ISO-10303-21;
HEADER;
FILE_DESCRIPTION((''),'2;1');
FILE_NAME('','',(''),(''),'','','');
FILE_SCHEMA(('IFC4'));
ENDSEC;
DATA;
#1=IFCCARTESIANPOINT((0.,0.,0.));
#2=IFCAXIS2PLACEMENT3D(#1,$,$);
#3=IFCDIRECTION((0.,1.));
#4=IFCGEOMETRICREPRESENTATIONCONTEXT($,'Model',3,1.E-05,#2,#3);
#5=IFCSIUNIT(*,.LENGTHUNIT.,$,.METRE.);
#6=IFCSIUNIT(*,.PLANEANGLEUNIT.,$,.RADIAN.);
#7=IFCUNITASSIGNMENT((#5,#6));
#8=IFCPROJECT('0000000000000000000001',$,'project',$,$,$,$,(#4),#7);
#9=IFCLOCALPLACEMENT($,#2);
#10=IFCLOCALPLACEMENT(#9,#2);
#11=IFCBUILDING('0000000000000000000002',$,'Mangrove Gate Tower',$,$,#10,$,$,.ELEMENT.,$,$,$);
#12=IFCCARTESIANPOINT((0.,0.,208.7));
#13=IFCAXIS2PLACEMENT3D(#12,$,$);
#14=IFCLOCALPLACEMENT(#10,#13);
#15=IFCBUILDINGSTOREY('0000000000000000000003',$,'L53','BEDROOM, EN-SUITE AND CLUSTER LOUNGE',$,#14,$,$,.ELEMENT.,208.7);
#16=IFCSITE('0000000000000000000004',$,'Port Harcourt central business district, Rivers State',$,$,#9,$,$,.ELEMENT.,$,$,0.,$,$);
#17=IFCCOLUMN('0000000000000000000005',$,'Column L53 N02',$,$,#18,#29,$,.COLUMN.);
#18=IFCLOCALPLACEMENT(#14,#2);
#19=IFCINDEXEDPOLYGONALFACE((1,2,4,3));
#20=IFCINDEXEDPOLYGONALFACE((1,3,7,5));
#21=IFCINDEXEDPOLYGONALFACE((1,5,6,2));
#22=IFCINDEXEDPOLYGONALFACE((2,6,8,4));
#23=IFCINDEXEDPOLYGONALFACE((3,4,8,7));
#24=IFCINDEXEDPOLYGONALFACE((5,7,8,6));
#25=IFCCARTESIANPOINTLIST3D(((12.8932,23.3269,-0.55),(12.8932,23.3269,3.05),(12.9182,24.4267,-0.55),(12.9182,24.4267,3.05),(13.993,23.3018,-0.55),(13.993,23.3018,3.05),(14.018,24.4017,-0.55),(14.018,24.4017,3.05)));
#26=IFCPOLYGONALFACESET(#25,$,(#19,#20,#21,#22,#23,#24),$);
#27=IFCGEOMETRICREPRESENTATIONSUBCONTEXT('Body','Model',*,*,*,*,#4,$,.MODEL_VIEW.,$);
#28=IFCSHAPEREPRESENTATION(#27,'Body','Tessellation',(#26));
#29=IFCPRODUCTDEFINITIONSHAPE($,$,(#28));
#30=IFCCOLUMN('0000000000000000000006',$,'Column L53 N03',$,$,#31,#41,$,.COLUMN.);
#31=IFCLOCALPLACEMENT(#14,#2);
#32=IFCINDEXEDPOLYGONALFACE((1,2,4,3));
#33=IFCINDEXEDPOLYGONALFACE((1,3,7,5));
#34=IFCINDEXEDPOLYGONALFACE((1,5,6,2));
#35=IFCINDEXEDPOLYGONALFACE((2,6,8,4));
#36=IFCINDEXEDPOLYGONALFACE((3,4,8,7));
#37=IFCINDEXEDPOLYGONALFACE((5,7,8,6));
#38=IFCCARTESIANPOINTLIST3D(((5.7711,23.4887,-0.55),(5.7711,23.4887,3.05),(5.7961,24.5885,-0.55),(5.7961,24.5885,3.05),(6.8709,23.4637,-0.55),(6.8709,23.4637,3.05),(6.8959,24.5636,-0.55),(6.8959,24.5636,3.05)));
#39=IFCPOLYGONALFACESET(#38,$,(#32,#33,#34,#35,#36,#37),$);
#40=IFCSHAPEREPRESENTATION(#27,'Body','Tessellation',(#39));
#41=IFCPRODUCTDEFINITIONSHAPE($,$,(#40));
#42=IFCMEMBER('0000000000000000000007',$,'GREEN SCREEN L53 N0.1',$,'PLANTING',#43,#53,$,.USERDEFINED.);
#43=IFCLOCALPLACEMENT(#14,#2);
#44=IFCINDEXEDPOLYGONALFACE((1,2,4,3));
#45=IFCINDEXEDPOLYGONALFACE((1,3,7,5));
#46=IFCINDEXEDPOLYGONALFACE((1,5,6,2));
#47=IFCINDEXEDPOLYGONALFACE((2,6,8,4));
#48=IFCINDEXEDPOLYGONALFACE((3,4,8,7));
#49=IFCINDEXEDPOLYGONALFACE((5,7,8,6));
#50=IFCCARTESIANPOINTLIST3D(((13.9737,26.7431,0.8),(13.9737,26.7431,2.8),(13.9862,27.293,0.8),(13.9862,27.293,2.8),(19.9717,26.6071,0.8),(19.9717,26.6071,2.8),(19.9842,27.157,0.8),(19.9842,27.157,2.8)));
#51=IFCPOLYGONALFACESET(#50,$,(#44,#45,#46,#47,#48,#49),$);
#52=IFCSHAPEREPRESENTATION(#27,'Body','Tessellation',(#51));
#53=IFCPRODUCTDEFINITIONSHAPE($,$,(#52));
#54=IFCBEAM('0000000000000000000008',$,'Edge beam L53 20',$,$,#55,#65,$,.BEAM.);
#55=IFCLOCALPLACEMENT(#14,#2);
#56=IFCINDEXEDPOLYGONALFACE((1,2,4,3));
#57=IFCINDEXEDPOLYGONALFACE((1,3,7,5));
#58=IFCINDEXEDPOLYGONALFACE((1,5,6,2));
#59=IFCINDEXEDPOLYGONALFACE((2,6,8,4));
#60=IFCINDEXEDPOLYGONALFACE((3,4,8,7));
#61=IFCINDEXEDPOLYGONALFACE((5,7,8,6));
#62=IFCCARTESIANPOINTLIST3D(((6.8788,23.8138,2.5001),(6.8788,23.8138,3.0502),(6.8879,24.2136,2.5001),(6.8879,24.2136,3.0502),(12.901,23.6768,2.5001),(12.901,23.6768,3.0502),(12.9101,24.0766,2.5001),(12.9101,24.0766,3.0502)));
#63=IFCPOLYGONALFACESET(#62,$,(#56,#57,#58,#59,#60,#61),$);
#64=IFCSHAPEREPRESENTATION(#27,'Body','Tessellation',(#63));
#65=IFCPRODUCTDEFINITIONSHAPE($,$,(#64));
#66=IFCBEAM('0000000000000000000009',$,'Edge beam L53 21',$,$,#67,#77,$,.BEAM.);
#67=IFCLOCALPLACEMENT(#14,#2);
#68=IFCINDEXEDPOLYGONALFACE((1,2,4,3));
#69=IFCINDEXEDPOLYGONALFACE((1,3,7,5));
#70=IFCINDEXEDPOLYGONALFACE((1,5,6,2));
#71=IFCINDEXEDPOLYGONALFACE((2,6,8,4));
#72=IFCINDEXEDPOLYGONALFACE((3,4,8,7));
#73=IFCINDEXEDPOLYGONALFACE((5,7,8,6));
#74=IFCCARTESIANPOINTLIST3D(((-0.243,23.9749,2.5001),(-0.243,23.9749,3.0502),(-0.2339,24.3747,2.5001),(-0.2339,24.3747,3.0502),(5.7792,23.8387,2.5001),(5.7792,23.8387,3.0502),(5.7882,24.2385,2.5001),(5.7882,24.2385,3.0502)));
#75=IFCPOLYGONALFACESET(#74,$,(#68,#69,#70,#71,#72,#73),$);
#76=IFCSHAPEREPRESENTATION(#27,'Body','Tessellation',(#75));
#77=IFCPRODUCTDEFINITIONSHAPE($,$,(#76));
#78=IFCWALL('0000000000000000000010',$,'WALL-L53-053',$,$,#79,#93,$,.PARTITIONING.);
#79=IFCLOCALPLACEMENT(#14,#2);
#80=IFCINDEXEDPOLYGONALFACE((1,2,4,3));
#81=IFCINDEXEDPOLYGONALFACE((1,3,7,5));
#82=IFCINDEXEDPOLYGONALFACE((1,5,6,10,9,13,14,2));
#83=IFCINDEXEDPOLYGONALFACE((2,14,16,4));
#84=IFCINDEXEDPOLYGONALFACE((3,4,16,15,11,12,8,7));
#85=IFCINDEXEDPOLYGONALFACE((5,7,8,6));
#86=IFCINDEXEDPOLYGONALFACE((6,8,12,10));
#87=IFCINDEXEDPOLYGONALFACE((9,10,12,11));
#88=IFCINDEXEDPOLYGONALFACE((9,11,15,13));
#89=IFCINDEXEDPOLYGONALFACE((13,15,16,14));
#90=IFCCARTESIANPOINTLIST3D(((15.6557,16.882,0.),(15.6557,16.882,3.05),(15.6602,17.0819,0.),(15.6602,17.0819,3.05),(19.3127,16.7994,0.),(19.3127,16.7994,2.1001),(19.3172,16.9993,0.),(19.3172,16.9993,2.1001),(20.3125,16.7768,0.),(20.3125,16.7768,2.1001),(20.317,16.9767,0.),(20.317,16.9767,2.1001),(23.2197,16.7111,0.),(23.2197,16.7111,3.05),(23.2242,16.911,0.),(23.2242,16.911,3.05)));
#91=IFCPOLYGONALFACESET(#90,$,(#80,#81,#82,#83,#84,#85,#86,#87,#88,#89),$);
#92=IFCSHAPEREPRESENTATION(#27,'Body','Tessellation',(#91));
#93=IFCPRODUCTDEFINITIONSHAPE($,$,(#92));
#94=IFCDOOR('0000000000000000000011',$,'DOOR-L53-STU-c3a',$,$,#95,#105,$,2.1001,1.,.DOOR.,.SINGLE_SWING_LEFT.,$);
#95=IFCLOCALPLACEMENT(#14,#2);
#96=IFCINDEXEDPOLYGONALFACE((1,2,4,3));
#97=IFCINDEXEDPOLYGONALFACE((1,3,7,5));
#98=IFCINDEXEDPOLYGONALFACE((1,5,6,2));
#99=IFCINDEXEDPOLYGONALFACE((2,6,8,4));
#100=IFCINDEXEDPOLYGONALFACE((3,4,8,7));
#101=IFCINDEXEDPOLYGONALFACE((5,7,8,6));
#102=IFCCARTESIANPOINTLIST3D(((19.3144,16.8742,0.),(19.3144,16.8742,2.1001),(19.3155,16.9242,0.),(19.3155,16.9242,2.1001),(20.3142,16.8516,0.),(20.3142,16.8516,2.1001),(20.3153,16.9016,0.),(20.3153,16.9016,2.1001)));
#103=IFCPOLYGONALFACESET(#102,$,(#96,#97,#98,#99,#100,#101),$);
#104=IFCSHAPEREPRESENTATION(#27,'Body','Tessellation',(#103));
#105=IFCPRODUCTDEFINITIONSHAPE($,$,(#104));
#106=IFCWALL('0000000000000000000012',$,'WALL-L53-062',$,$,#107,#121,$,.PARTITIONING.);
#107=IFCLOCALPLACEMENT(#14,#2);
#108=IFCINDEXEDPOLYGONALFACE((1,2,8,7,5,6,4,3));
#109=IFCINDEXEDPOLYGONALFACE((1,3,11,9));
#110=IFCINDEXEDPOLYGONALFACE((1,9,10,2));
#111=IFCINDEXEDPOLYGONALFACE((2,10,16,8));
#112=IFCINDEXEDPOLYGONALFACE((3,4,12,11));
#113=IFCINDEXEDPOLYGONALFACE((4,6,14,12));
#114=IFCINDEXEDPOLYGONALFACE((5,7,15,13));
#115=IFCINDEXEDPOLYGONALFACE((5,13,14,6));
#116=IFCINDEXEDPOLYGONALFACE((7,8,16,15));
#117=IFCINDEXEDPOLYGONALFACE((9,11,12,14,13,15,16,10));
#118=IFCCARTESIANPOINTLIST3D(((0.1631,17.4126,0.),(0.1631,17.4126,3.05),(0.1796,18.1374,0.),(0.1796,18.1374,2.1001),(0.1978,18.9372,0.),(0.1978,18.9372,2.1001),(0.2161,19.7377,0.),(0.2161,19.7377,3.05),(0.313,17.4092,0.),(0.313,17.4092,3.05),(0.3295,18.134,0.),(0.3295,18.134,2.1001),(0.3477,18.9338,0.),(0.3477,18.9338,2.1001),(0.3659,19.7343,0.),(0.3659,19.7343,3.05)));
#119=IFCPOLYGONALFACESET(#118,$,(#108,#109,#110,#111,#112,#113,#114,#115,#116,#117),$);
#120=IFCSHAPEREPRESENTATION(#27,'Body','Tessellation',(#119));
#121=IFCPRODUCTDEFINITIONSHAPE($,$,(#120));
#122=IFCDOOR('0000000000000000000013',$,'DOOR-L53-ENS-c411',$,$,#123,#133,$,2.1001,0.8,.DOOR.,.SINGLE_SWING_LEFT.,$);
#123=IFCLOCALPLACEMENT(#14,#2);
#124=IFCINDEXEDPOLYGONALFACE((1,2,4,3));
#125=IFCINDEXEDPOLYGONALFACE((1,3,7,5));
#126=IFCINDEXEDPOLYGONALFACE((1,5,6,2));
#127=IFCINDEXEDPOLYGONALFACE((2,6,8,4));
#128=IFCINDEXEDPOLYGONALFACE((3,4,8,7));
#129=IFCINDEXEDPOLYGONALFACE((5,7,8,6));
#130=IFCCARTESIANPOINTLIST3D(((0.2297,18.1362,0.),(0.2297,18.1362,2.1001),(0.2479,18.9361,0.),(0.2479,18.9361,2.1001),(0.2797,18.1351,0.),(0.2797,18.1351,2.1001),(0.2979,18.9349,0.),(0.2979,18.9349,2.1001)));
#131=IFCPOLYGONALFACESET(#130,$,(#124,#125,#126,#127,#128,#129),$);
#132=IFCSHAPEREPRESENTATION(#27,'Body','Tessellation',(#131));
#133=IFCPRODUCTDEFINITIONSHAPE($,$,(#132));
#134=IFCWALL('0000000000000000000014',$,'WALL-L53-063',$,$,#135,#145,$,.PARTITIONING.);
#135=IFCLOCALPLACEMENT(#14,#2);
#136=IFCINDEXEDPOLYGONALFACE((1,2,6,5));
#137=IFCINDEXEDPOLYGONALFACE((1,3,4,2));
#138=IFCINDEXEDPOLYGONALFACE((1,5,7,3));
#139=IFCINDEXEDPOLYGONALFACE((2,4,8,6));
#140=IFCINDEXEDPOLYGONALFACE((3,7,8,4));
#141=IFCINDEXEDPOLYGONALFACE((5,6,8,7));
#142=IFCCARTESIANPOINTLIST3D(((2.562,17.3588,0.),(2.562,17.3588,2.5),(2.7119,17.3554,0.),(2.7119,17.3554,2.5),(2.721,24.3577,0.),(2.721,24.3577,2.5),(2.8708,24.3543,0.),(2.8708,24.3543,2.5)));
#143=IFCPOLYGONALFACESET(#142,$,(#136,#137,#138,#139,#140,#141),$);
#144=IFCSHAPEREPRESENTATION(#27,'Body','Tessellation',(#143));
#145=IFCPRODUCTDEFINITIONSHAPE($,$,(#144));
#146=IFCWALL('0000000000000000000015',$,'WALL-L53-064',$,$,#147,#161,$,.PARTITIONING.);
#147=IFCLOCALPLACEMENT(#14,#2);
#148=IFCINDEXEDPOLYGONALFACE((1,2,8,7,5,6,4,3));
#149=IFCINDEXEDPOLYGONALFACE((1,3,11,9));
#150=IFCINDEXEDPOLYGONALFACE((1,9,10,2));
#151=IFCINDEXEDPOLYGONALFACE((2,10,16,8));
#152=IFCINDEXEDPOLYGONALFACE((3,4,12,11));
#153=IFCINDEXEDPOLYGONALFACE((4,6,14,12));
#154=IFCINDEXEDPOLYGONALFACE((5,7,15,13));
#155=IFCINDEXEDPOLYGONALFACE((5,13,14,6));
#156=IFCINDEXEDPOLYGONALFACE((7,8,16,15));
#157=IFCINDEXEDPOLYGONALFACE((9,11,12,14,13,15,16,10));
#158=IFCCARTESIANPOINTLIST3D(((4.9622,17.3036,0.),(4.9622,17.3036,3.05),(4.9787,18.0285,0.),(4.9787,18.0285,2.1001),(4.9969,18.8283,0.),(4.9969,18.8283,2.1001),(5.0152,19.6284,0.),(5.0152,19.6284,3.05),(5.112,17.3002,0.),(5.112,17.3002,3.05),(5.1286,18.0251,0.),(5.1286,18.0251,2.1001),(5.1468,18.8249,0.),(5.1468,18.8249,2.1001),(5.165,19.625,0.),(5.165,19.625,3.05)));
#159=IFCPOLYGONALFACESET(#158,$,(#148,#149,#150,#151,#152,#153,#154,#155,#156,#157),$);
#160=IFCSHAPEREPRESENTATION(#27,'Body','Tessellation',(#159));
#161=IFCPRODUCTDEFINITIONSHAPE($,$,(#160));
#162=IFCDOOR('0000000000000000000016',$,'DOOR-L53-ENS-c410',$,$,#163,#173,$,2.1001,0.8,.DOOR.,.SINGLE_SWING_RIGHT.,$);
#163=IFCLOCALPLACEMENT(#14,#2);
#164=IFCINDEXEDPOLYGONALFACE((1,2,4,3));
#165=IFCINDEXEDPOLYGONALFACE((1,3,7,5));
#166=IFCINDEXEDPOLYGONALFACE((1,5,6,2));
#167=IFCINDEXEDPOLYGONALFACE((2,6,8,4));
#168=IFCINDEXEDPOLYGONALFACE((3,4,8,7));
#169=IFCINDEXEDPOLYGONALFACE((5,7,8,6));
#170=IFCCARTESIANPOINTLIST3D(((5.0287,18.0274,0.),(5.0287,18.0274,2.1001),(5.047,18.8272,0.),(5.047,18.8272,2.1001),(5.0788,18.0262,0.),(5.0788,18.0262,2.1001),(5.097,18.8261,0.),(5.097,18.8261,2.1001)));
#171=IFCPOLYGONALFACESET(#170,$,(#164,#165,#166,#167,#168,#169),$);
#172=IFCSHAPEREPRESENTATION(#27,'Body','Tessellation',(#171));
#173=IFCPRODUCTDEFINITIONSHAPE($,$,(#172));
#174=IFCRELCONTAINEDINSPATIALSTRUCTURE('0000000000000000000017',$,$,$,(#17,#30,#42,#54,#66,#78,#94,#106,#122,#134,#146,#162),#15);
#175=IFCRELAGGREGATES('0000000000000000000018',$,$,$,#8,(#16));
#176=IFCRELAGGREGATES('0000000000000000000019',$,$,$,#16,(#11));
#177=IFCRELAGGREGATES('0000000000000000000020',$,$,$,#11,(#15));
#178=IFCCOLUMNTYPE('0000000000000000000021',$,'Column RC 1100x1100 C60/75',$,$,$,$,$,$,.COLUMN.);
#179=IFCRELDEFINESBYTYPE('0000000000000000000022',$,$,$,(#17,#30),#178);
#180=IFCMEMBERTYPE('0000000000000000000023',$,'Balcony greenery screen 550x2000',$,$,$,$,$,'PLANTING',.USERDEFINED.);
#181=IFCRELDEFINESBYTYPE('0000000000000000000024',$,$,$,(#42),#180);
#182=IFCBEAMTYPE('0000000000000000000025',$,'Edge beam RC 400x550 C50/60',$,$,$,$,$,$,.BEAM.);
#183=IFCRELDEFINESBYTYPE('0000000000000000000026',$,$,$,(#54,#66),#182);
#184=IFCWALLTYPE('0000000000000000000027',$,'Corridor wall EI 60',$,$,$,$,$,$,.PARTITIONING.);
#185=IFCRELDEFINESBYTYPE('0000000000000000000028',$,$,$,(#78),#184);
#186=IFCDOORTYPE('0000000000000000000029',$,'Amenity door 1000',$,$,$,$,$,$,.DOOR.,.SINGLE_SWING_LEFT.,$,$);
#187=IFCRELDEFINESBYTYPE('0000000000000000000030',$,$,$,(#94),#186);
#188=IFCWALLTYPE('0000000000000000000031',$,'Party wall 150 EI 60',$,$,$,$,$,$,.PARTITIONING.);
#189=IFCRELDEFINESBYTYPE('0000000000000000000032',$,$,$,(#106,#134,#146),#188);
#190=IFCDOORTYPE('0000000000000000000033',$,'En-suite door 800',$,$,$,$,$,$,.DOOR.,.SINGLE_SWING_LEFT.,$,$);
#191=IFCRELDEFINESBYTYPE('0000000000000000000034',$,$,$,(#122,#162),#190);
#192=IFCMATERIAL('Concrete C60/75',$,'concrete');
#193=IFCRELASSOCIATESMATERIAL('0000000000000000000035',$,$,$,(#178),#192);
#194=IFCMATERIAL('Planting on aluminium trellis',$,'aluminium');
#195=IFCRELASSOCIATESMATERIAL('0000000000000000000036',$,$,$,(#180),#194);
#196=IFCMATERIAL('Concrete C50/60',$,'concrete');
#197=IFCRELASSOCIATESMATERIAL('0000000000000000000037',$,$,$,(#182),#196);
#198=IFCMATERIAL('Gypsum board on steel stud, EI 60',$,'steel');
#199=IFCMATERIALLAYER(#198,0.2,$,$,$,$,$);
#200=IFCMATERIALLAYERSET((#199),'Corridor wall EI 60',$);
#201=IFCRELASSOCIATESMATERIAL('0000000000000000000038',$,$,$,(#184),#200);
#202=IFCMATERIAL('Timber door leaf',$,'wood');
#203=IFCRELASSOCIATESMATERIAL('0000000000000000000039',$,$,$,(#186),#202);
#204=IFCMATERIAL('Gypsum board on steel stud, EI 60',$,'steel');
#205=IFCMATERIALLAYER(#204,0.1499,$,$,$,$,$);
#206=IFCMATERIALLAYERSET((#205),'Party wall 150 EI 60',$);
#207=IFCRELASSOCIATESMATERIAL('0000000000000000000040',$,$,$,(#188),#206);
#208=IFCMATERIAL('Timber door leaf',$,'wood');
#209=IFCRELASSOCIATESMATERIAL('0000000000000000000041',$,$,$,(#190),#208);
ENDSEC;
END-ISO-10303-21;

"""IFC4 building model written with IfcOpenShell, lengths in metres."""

from ifc_helpers import new_model, si_unit, direction, frame, frame_2d, origin, origin_2d, place, context, subcontext, project, spatial, rectangle, extrude, material, layer, layer_set, material_profile, profile_set, type_object, element, fill, save


model = new_model("IFC4")

# Units and contexts
model_context = context("Model", 3, precision=1e-05, world=origin(), true_north=direction((0.0, 1.0)))
body_context = subcontext(model_context, "Body", "Model", "MODEL_VIEW")
ifc_project = project(units=[si_unit("LENGTHUNIT", "METRE"), si_unit("PLANEANGLEUNIT", "RADIAN")], contexts=[model_context])

# Site, building, storey
site_placement = place(None, origin())
site = spatial("IfcSite", under=ifc_project, at=site_placement, Name="Port Harcourt central business district, Rivers State", CompositionType="ELEMENT", RefElevation=0.0)
building_placement = place(site_placement, origin())
building = spatial("IfcBuilding", under=site, at=building_placement, Name="Mangrove Gate Tower", CompositionType="ELEMENT")
storey_placement = place(building_placement, frame((0.0, 0.0, 208.7)))
storey = spatial("IfcBuildingStorey", under=building, at=storey_placement, Name="L53", Description="BEDROOM, EN-SUITE AND CLUSTER LOUNGE", CompositionType="ELEMENT", Elevation=208.7)

# Columns
ifc_material_1 = material(Name="Concrete C60/75", Category="concrete")
ifc_material_profile_1 = material_profile(ifc_material_1, rectangle(XDim=1.1001, YDim=1.1001, at=origin_2d()))
ifc_profile_set_1 = profile_set([ifc_material_profile_1], Name="Concrete C60/75")
column_type = type_object("IfcColumnType", Name="Column RC 1100x1100 C60/75", PredefinedType="COLUMN", material=ifc_profile_set_1)
for number, where, z_axis, x_axis, name in (
    (1, (13.4556, 23.8643, -0.55), (0.0, 0.0, 1.0), (-0.999741, 0.022741, 0.0), "Column L53 N02"),
    (2, (6.3335, 24.0261, -0.55), (0.0, 0.0, 1.0), (-0.999743, 0.02267, 0.0), "Column L53 N03"),
):
    element("IfcColumn", number, at=place(storey_placement, frame(where, z_axis=z_axis, x_axis=x_axis)), inside=storey, type_object=column_type, Name=name, PredefinedType="COLUMN", context=body_context, shape_type="SweptSolid", body=[
        extrude(rectangle(XDim=1.1001, YDim=1.1001, at=origin_2d()), origin(), (0.0, 0.0, 1.0), 3.6001),
    ])

# Member
ifc_material_2 = material(Name="Planting on aluminium trellis", Category="aluminium")
ifc_material_profile_2 = material_profile(ifc_material_2, rectangle(XDim=0.55, YDim=2.0, at=origin_2d()))
ifc_profile_set_2 = profile_set([ifc_material_profile_2], Name="Planting on aluminium trellis")
member_type = type_object("IfcMemberType", Name="Balcony greenery screen 550x2000", ElementType="PLANTING", PredefinedType="USERDEFINED", material=ifc_profile_set_2)
member_placement = place(storey_placement, frame((13.98, 27.0181, 1.8), z_axis=(0.999743, -0.022666, 0.0), x_axis=(0.022666, 0.999743, 0.0)))
element("IfcMember", 3, at=member_placement, inside=storey, type_object=member_type, Name="GREEN SCREEN L53 N0.1", ObjectType="PLANTING", PredefinedType="USERDEFINED", context=body_context, shape_type="SweptSolid", body=[
    extrude(rectangle(XDim=0.55, YDim=2.0, at=origin_2d()), origin(), (0.0, 0.0, 1.0), 5.9995),
])

# Beams
ifc_material_3 = material(Name="Concrete C50/60", Category="concrete")
ifc_material_profile_3 = material_profile(ifc_material_3, rectangle(XDim=0.3999, YDim=0.55, at=origin_2d()))
ifc_profile_set_3 = profile_set([ifc_material_profile_3], Name="Concrete C50/60")
beam_type = type_object("IfcBeamType", Name="Edge beam RC 400x550 C50/60", PredefinedType="BEAM", material=ifc_profile_set_3)
for number, where, z_axis, x_axis, name in (
    (4, (12.9055, 23.8767, 2.7751), (-0.999741, 0.022737, 0.0), (-0.022737, -0.999741, 0.0), "Edge beam L53 20"),
    (5, (5.7837, 24.0386, 2.7751), (-0.999744, 0.022616, 0.0), (-0.022616, -0.999744, 0.0), "Edge beam L53 21"),
):
    element("IfcBeam", number, at=place(storey_placement, frame(where, z_axis=z_axis, x_axis=x_axis)), inside=storey, type_object=beam_type, Name=name, PredefinedType="BEAM", context=body_context, shape_type="SweptSolid", body=[
        extrude(rectangle(XDim=0.3999, YDim=0.55, at=origin_2d()), origin(), (0.0, 0.0, 1.0), 6.0237),
    ])

# Walls, openings, doors
ifc_material_4 = material(Name="Gypsum board on steel stud, EI 60", Category="steel")
ifc_layer_1 = layer(ifc_material_4, 0.2)
ifc_layer_set_1 = layer_set([ifc_layer_1], Name="Corridor wall EI 60")
wall_type_1 = type_object("IfcWallType", Name="Corridor wall EI 60", PredefinedType="PARTITIONING", material=ifc_layer_set_1)
wall_1_placement = place(storey_placement, frame((15.658, 16.9819, 0.0), z_axis=(0.0, 0.0, 1.0), x_axis=(0.999745, -0.022588, 0.0)))
wall_1 = element("IfcWall", 6, at=wall_1_placement, inside=storey, type_object=wall_type_1, Name="WALL-L53-053", PredefinedType="PARTITIONING", context=body_context, shape_type="SweptSolid", body=[
    extrude(rectangle(XDim=7.5659, YDim=0.2, at=frame_2d((3.783, 0.0))), origin(), (0.0, 0.0, 1.0), 3.05),
])
opening_1_placement = place(wall_1_placement, frame((3.658, 0.0, 0.0)))
opening_1 = element("IfcOpeningElement", 7, at=opening_1_placement, cuts=wall_1, PredefinedType="OPENING", context=body_context, shape_type="SweptSolid", body=[
    extrude(rectangle(XDim=1.0, YDim=2.1001, at=frame_2d((0.5, 1.05))), frame((0.0, 0.1099, 0.0), z_axis=(0.0, -1.0, 0.0), x_axis=(1.0, 0.0, 0.0)), (0.0, 0.0, 1.0), 0.22),
])
ifc_material_5 = material(Name="Timber door leaf", Category="wood")
door_type_1 = type_object("IfcDoorType", Name="Amenity door 1000", OperationType="SINGLE_SWING_LEFT", PredefinedType="DOOR", material=ifc_material_5)
door_1_placement = place(opening_1_placement, origin())
door_1 = element("IfcDoor", 8, at=door_1_placement, inside=storey, type_object=door_type_1, Name="DOOR-L53-STU-c3a", OperationType="SINGLE_SWING_LEFT", OverallHeight=2.1001, OverallWidth=1.0, PredefinedType="DOOR", context=body_context, shape_type="SweptSolid", body=[
    extrude(rectangle(XDim=1.0, YDim=2.1001, at=frame_2d((0.5, 1.05))), frame((0.0, 0.0249, 0.0), z_axis=(0.0, -1.0, 0.0), x_axis=(1.0, 0.0, 0.0)), (0.0, 0.0, 1.0), 0.05),
])
fill(opening_1, door_1)
ifc_material_6 = material(Name="Gypsum board on steel stud, EI 60", Category="steel")
ifc_layer_2 = layer(ifc_material_6, 0.1499)
ifc_layer_set_2 = layer_set([ifc_layer_2], Name="Party wall 150 EI 60")
wall_type_2 = type_object("IfcWallType", Name="Party wall 150 EI 60", PredefinedType="PARTITIONING", material=ifc_layer_set_2)
wall_2_placement = place(storey_placement, frame((0.238, 17.4109, 0.0), z_axis=(0.0, 0.0, 1.0), x_axis=(0.022779, 0.999741, 0.0)))
wall_2 = element("IfcWall", 9, at=wall_2_placement, inside=storey, type_object=wall_type_2, Name="WALL-L53-062", PredefinedType="PARTITIONING", context=body_context, shape_type="SweptSolid", body=[
    extrude(rectangle(XDim=2.3257, YDim=0.1499, at=frame_2d((1.1628, 0.0))), origin(), (0.0, 0.0, 1.0), 3.05),
])
opening_2_placement = place(wall_2_placement, frame((0.7251, 0.0, 0.0)))
opening_2 = element("IfcOpeningElement", 10, at=opening_2_placement, cuts=wall_2, PredefinedType="OPENING", context=body_context, shape_type="SweptSolid", body=[
    extrude(rectangle(XDim=0.8, YDim=2.1001, at=frame_2d((0.3999, 1.05))), frame((0.0, 0.085, 0.0), z_axis=(0.0, -1.0, 0.0), x_axis=(1.0, 0.0, 0.0)), (0.0, 0.0, 1.0), 0.1699),
])
ifc_material_7 = material(Name="Timber door leaf", Category="wood")
door_type_2 = type_object("IfcDoorType", Name="En-suite door 800", OperationType="SINGLE_SWING_LEFT", PredefinedType="DOOR", material=ifc_material_7)
door_2_placement = place(opening_2_placement, origin())
door_2 = element("IfcDoor", 11, at=door_2_placement, inside=storey, type_object=door_type_2, Name="DOOR-L53-ENS-c411", OperationType="SINGLE_SWING_LEFT", OverallHeight=2.1001, OverallWidth=0.8, PredefinedType="DOOR", context=body_context, shape_type="SweptSolid", body=[
    extrude(rectangle(XDim=0.8, YDim=2.1001, at=frame_2d((0.3999, 1.05))), frame((0.0, 0.0249, 0.0), z_axis=(0.0, -1.0, 0.0), x_axis=(1.0, 0.0, 0.0)), (0.0, 0.0, 1.0), 0.05),
])
fill(opening_2, door_2)

# Wall
wall_3_placement = place(storey_placement, frame((2.637, 17.3569, 0.0), z_axis=(0.0, 0.0, 1.0), x_axis=(0.022702, 0.999742, 0.0)))
element("IfcWall", 12, at=wall_3_placement, inside=storey, type_object=wall_type_2, Name="WALL-L53-063", PredefinedType="PARTITIONING", context=body_context, shape_type="SweptSolid", body=[
    extrude(rectangle(XDim=7.0007, YDim=0.1499, at=frame_2d((3.5005, 0.0))), origin(), (0.0, 0.0, 1.0), 2.5),
])

# Wall, opening, door
wall_4_placement = place(storey_placement, frame((5.0371, 17.302, 0.0), z_axis=(0.0, 0.0, 1.0), x_axis=(0.022781, 0.99974, 0.0)))
wall_4 = element("IfcWall", 13, at=wall_4_placement, inside=storey, type_object=wall_type_2, Name="WALL-L53-064", PredefinedType="PARTITIONING", context=body_context, shape_type="SweptSolid", body=[
    extrude(rectangle(XDim=2.3254, YDim=0.1499, at=frame_2d((1.1626, 0.0))), origin(), (0.0, 0.0, 1.0), 3.05),
])
opening_3_placement = place(wall_4_placement, frame((0.7251, 0.0, 0.0)))
opening_3 = element("IfcOpeningElement", 14, at=opening_3_placement, cuts=wall_4, PredefinedType="OPENING", context=body_context, shape_type="SweptSolid", body=[
    extrude(rectangle(XDim=0.8, YDim=2.1001, at=frame_2d((0.3999, 1.05))), frame((0.0, 0.085, 0.0), z_axis=(0.0, -1.0, 0.0), x_axis=(1.0, 0.0, 0.0)), (0.0, 0.0, 1.0), 0.1699),
])
door_3_placement = place(opening_3_placement, origin())
door_3 = element("IfcDoor", 15, at=door_3_placement, inside=storey, type_object=door_type_2, Name="DOOR-L53-ENS-c410", OperationType="SINGLE_SWING_RIGHT", OverallHeight=2.1001, OverallWidth=0.8, PredefinedType="DOOR", context=body_context, shape_type="SweptSolid", body=[
    extrude(rectangle(XDim=0.8, YDim=2.1001, at=frame_2d((0.3999, 1.05))), frame((0.0, 0.0249, 0.0), z_axis=(0.0, -1.0, 0.0), x_axis=(1.0, 0.0, 0.0)), (0.0, 0.0, 1.0), 0.05),
])
fill(opening_3, door_3)

save(model, "model.ifc")
